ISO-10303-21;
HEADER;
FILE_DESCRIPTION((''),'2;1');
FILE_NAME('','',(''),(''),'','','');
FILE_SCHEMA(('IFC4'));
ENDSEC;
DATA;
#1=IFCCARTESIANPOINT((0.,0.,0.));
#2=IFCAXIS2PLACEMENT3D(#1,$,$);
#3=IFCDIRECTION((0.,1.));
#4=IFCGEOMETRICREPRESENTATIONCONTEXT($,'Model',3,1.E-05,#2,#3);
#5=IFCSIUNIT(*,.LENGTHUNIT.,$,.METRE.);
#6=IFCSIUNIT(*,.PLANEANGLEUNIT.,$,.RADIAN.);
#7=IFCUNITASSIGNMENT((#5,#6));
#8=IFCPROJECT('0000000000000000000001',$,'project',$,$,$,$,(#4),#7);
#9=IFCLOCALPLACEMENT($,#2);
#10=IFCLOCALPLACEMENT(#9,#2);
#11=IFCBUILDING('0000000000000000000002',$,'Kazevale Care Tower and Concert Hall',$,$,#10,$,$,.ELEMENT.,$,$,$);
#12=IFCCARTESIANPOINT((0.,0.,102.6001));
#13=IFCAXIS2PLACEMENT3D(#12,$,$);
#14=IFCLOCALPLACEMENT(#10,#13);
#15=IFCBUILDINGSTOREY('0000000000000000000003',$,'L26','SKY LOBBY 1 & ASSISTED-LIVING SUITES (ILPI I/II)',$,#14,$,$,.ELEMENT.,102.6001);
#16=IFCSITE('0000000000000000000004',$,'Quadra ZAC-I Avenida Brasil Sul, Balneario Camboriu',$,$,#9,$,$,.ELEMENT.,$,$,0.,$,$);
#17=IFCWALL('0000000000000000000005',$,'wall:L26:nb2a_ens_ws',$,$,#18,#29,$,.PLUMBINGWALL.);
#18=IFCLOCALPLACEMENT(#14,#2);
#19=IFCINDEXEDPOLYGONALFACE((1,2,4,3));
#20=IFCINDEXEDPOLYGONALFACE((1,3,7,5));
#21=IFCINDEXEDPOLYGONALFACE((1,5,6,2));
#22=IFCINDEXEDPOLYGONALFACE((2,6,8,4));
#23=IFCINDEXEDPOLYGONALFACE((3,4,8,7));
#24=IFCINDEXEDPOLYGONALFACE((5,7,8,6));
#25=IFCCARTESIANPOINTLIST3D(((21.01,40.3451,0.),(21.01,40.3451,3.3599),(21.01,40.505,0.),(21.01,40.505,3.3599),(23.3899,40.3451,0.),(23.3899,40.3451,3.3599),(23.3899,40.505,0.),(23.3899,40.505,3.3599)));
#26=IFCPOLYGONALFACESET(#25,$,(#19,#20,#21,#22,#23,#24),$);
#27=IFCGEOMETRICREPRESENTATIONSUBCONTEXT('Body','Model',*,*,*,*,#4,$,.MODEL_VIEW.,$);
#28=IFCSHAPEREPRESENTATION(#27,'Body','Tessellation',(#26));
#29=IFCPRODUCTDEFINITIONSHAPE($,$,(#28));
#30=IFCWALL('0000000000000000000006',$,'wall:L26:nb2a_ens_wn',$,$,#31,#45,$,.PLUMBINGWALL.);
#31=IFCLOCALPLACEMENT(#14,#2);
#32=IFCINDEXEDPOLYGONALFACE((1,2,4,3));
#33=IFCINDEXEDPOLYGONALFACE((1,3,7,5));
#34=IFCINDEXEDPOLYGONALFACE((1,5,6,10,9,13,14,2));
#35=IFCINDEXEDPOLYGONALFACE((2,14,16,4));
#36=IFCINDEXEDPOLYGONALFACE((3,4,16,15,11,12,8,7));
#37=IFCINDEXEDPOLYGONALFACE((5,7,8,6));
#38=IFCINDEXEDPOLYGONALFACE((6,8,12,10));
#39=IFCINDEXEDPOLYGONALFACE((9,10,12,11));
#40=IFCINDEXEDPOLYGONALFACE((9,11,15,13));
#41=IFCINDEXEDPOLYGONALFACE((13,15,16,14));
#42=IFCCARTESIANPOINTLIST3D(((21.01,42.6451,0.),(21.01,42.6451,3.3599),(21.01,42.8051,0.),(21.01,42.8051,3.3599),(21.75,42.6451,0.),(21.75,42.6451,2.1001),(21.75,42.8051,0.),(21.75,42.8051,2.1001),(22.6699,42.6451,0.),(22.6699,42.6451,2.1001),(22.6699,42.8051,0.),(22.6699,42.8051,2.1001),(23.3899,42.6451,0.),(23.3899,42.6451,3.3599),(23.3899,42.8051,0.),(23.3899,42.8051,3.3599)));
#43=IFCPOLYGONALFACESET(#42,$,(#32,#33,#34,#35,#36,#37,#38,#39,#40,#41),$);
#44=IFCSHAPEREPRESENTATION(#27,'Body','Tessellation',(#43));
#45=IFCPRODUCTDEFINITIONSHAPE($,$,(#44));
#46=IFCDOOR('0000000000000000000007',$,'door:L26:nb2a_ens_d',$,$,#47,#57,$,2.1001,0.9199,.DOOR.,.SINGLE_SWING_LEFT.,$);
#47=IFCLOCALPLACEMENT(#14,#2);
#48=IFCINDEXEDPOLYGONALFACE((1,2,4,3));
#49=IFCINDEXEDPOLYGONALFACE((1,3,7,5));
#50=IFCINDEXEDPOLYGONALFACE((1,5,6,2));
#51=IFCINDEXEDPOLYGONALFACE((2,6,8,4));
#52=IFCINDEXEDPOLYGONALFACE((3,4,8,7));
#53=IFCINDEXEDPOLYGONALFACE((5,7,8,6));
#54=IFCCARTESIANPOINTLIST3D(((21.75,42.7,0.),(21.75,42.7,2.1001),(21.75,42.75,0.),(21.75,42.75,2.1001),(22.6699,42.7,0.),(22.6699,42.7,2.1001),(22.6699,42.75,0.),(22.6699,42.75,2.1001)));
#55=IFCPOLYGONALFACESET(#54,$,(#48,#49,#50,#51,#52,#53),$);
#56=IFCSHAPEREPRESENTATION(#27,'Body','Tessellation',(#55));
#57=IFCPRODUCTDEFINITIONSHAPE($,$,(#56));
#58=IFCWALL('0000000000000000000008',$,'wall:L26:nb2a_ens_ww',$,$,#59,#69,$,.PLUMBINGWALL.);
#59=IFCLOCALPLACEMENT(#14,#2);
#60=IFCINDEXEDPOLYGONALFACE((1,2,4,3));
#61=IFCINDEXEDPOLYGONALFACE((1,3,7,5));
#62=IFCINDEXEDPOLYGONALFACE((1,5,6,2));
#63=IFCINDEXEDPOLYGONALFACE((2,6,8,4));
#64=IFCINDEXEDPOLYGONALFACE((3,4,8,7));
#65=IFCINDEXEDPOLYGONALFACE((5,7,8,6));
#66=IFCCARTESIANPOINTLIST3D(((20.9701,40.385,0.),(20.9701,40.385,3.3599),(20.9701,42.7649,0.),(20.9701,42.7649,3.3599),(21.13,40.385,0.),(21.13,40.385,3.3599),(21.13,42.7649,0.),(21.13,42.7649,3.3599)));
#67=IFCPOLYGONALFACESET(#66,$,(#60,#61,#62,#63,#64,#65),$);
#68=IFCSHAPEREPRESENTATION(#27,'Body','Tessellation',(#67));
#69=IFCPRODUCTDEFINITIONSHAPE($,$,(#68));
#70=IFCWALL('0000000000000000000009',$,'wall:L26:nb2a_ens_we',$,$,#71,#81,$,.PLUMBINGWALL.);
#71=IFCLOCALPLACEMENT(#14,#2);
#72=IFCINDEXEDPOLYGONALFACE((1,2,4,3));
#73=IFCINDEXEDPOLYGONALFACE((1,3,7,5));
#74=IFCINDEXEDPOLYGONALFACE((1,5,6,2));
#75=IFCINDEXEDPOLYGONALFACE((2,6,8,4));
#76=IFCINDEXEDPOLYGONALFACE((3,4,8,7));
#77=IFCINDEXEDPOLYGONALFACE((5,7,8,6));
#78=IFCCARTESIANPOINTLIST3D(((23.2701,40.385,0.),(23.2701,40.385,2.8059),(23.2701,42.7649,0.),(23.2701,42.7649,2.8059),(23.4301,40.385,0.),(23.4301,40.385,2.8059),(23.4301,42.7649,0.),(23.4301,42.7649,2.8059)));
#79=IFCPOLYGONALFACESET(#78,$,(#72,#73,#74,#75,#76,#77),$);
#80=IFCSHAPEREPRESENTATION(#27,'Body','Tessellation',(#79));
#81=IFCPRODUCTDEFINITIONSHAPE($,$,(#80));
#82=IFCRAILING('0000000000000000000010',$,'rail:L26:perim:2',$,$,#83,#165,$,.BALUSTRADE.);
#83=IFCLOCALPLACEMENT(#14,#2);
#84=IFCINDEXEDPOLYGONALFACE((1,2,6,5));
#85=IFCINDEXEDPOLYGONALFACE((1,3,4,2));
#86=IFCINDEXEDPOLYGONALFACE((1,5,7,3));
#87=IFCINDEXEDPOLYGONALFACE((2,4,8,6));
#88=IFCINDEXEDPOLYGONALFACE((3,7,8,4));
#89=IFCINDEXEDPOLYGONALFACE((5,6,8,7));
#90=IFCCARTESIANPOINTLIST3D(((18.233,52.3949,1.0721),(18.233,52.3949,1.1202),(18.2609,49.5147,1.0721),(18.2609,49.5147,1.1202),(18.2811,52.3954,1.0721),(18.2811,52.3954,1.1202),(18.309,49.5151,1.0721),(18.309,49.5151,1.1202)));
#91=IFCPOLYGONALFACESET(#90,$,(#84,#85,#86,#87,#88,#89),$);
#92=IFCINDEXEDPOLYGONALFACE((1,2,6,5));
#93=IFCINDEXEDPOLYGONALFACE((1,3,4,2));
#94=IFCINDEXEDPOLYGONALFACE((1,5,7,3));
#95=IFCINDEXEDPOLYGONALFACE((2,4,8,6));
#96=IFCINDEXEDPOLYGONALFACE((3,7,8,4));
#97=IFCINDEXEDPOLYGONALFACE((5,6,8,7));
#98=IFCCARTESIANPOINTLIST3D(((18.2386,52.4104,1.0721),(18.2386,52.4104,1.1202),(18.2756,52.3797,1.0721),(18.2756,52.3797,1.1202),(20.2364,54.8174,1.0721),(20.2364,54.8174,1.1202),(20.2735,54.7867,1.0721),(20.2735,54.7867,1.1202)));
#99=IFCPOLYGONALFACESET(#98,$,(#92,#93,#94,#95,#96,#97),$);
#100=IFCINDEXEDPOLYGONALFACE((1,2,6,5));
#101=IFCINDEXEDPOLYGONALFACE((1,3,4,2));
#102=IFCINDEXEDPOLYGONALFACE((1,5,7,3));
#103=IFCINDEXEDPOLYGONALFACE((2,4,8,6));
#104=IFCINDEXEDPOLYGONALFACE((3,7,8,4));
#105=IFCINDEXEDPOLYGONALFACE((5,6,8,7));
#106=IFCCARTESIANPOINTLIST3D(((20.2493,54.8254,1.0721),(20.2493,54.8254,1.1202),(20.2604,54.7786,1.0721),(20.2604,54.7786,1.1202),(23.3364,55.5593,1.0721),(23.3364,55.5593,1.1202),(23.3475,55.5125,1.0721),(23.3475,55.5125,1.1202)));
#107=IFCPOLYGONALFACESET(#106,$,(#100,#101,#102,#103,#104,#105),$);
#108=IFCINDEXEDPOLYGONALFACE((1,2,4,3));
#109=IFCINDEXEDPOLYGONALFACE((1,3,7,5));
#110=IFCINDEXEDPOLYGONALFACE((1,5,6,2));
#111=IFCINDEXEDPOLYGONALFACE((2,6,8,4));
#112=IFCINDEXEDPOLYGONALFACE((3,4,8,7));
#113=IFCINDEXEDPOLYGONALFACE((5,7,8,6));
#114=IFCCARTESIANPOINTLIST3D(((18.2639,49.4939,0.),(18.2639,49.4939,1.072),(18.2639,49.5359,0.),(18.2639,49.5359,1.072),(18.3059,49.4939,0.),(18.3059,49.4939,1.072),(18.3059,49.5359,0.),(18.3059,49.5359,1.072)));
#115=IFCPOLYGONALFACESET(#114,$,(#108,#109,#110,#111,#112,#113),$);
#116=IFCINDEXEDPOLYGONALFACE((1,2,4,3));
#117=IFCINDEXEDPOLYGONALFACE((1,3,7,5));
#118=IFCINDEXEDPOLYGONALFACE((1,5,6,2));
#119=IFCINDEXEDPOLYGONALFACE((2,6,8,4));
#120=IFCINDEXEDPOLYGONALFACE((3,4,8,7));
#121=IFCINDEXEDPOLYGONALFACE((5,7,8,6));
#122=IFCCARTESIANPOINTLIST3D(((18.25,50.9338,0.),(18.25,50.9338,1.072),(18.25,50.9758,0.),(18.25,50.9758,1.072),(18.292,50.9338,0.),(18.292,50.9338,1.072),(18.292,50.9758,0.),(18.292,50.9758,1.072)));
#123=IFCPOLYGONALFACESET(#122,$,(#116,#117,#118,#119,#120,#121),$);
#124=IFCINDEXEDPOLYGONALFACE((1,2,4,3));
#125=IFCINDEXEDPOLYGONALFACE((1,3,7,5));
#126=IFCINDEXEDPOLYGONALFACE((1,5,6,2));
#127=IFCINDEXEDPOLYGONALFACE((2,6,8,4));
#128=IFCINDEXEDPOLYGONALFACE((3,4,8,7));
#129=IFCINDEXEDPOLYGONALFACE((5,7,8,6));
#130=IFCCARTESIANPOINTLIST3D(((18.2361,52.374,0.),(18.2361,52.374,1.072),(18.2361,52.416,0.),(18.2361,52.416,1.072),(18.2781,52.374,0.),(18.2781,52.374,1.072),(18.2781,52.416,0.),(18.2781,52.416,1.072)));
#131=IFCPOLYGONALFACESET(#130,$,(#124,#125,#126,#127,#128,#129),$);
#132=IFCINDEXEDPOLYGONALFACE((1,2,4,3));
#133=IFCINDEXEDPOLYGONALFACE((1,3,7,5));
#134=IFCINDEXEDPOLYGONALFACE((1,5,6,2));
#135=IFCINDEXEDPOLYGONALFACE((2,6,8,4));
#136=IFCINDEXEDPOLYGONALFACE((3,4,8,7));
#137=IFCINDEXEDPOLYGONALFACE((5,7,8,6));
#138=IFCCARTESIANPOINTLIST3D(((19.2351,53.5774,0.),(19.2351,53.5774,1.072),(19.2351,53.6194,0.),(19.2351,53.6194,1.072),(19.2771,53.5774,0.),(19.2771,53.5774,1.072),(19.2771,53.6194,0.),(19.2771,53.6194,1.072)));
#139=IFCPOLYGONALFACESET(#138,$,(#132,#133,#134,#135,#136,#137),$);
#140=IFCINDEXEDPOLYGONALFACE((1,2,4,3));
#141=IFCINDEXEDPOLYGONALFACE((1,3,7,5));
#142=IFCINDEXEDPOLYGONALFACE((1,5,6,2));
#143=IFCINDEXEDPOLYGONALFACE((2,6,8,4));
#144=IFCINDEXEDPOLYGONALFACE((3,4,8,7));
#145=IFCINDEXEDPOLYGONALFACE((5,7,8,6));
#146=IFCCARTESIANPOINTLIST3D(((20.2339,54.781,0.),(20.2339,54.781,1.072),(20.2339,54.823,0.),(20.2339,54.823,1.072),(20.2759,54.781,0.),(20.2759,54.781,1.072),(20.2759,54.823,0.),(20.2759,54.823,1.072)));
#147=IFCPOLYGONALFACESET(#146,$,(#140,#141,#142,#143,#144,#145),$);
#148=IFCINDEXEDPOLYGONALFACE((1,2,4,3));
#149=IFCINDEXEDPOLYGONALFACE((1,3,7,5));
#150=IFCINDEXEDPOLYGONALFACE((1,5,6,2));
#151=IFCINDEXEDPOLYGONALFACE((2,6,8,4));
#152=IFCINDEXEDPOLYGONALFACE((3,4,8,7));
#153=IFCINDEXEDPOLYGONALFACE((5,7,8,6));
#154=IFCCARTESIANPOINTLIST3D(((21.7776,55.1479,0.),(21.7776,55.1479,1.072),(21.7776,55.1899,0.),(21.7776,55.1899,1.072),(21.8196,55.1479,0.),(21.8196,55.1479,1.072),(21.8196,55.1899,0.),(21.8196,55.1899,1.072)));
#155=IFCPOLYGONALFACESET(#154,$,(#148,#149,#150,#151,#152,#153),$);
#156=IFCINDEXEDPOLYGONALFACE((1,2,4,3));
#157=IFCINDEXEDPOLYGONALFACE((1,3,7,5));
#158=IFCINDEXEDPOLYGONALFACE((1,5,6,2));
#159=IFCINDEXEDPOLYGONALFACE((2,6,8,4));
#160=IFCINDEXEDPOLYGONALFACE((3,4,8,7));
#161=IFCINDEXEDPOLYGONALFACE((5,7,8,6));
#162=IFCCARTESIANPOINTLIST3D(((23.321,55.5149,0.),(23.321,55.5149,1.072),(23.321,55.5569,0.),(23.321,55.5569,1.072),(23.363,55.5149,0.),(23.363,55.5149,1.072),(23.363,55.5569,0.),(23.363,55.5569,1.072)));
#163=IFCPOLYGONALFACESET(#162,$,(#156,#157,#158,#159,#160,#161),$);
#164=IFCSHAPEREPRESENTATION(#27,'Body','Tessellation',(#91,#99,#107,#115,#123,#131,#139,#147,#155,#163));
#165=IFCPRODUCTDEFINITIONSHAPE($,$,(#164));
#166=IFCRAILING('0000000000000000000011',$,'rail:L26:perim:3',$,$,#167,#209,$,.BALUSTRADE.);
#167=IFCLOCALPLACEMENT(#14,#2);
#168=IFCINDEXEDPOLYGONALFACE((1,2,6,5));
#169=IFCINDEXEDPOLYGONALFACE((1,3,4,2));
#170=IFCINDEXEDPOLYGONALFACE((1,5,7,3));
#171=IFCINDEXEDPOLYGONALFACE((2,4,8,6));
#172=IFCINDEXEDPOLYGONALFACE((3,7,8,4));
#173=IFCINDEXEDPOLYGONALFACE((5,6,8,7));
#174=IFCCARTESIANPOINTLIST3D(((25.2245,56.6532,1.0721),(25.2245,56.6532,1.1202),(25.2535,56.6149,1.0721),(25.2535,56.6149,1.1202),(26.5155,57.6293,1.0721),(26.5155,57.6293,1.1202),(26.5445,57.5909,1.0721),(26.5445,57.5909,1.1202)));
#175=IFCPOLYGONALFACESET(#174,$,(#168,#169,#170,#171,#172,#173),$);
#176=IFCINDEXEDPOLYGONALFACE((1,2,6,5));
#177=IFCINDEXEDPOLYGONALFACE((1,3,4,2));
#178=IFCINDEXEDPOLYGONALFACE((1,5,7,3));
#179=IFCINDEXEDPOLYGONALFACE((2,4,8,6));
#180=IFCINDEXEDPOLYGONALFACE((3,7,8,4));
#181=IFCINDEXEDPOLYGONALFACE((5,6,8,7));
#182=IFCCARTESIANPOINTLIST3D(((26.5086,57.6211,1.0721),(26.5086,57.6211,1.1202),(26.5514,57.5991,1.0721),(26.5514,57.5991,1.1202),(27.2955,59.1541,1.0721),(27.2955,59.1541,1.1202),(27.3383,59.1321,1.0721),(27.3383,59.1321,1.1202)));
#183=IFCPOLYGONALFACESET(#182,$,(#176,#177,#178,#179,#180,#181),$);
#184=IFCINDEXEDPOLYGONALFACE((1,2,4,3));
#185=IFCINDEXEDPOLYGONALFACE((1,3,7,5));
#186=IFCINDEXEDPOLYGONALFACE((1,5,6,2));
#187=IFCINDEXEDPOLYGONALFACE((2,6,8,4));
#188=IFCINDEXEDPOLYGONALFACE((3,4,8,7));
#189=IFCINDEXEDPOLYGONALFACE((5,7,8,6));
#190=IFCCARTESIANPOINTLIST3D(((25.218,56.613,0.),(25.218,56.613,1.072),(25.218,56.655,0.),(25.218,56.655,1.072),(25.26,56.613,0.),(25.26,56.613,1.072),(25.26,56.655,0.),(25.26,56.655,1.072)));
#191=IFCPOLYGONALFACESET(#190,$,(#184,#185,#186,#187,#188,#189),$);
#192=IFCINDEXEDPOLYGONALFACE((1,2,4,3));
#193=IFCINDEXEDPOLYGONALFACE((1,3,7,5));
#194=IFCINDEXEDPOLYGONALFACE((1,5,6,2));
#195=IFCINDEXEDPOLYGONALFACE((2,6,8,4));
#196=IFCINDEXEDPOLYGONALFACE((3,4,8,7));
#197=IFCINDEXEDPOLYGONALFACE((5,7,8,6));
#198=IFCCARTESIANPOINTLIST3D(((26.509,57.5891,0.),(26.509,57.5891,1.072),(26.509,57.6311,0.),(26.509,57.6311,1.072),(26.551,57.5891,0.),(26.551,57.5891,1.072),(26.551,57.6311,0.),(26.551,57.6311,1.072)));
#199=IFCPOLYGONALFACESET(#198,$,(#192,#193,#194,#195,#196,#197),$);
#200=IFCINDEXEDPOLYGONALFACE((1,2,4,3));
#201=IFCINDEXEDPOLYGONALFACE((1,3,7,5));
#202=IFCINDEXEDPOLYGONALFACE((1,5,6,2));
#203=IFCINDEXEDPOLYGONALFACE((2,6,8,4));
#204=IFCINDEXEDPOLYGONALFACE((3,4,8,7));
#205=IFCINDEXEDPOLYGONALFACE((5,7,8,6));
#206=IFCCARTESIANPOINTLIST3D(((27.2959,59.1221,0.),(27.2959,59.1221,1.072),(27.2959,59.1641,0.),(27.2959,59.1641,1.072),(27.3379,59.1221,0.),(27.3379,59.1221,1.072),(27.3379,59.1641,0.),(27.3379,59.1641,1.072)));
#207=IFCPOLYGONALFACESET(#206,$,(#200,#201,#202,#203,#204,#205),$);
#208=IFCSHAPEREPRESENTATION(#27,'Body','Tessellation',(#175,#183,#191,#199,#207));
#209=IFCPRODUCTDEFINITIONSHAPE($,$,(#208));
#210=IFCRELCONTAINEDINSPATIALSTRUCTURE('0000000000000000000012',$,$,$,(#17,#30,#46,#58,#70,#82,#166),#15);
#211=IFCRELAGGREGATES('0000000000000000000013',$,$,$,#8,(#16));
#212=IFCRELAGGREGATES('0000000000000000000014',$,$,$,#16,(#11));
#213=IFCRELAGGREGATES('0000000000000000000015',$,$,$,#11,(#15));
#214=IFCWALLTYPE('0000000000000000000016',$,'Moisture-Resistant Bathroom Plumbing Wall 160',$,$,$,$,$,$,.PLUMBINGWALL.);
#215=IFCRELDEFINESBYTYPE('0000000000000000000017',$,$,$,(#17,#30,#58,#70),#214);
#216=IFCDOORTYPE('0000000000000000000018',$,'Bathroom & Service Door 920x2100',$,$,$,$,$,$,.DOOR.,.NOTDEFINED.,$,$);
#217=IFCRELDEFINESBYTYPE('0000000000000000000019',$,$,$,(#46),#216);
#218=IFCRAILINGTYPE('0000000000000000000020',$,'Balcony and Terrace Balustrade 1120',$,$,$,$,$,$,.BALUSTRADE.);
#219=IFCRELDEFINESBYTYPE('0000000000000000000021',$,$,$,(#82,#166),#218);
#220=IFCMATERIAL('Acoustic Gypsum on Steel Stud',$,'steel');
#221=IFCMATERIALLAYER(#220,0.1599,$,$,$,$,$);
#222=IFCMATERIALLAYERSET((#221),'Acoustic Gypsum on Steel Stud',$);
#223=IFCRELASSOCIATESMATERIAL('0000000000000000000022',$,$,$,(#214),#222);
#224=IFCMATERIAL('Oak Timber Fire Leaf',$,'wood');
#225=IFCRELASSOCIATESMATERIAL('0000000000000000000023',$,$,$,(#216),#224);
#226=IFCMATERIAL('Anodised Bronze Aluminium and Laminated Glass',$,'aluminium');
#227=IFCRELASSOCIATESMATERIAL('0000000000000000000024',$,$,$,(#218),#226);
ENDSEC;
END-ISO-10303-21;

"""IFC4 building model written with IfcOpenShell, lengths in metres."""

from ifc_helpers import new_model, si_unit, direction, frame, frame_2d, origin, origin_2d, place, context, subcontext, project, spatial, rectangle, extrude, material, layer, layer_set, type_object, element, fill, save


model = new_model("IFC4")

# Units and contexts
model_context = context("Model", 3, precision=1e-05, world=origin(), true_north=direction((0.0, 1.0)))
body_context = subcontext(model_context, "Body", "Model", "MODEL_VIEW")
ifc_project = project(units=[si_unit("LENGTHUNIT", "METRE"), si_unit("PLANEANGLEUNIT", "RADIAN")], contexts=[model_context])

# Site, building, storey
site_placement = place(None, origin())
site = spatial("IfcSite", under=ifc_project, at=site_placement, Name="Quadra ZAC-I Avenida Brasil Sul, Balneario Camboriu", CompositionType="ELEMENT", RefElevation=0.0)
building_placement = place(site_placement, origin())
building = spatial("IfcBuilding", under=site, at=building_placement, Name="Kazevale Care Tower and Concert Hall", CompositionType="ELEMENT")
storey_placement = place(building_placement, frame((0.0, 0.0, 102.6001)))
storey = spatial("IfcBuildingStorey", under=building, at=storey_placement, Name="L26", Description="SKY LOBBY 1 & ASSISTED-LIVING SUITES (ILPI I/II)", CompositionType="ELEMENT", Elevation=102.6001)

# Shared definitions
ifc_material_1 = material(Name="Acoustic Gypsum on Steel Stud", Category="steel")

# Shared definitions
ifc_material_2 = material(Name="Oak Timber Fire Leaf", Category="wood")

# Wall
ifc_layer_1 = layer(ifc_material_1, 0.1599)
ifc_layer_set_1 = layer_set([ifc_layer_1], Name="Acoustic Gypsum on Steel Stud")
wall_type_1 = type_object("IfcWallType", Name="Moisture-Resistant Bathroom Plumbing Wall 160", PredefinedType="PLUMBINGWALL", material=ifc_layer_set_1)
wall_1_placement = place(storey_placement, frame((21.01, 40.425, 0.0), z_axis=(0.0, 0.0, 1.0), x_axis=(1.0, 0.0, 0.0)))
element("IfcWall", 1, at=wall_1_placement, inside=storey, type_object=wall_type_1, Name="wall:L26:nb2a_ens_ws", PredefinedType="PLUMBINGWALL", context=body_context, shape_type="SweptSolid", body=[
    extrude(rectangle(XDim=2.3799, YDim=0.1599, at=frame_2d((1.1899, 0.0))), origin(), (0.0, 0.0, 1.0), 3.3599),
])

# Wall, opening, door
wall_2_placement = place(storey_placement, frame((21.01, 42.7251, 0.0), z_axis=(0.0, 0.0, 1.0), x_axis=(1.0, 0.0, 0.0)))
wall_2 = element("IfcWall", 2, at=wall_2_placement, inside=storey, type_object=wall_type_1, Name="wall:L26:nb2a_ens_wn", PredefinedType="PLUMBINGWALL", context=body_context, shape_type="SweptSolid", body=[
    extrude(rectangle(XDim=2.3799, YDim=0.1599, at=frame_2d((1.1899, 0.0))), origin(), (0.0, 0.0, 1.0), 3.3599),
])
opening_1_placement = place(wall_2_placement, frame((0.74, 0.0, 0.0)))
opening_1 = element("IfcOpeningElement", 3, at=opening_1_placement, cuts=wall_2, PredefinedType="OPENING", context=body_context, shape_type="SweptSolid", body=[
    extrude(rectangle(XDim=0.9199, YDim=2.1001, at=frame_2d((0.46, 1.05))), frame((0.0, 0.0898, 0.0), z_axis=(0.0, -1.0, 0.0), x_axis=(1.0, 0.0, 0.0)), (0.0, 0.0, 1.0), 0.1799),
])
door_type_1 = type_object("IfcDoorType", Name="Bathroom & Service Door 920x2100", OperationType="NOTDEFINED", PredefinedType="DOOR", material=ifc_material_2)
door_1_placement = place(opening_1_placement, origin())
door_1 = element("IfcDoor", 4, at=door_1_placement, inside=storey, type_object=door_type_1, Name="door:L26:nb2a_ens_d", OperationType="SINGLE_SWING_LEFT", OverallHeight=2.1001, OverallWidth=0.9199, PredefinedType="DOOR", context=body_context, shape_type="SweptSolid", body=[
    extrude(rectangle(XDim=0.9199, YDim=2.1001, at=frame_2d((0.46, 1.05))), frame((0.0, 0.0249, 0.0), z_axis=(0.0, -1.0, 0.0), x_axis=(1.0, 0.0, 0.0)), (0.0, 0.0, 1.0), 0.05),
])
fill(opening_1, door_1)

# Walls
wall_3_placement = place(storey_placement, frame((21.05, 40.385, 0.0), z_axis=(0.0, 0.0, 1.0), x_axis=(0.0, 1.0, 0.0)))
element("IfcWall", 5, at=wall_3_placement, inside=storey, type_object=wall_type_1, Name="wall:L26:nb2a_ens_ww", PredefinedType="PLUMBINGWALL", context=body_context, shape_type="SweptSolid", body=[
    extrude(rectangle(XDim=2.3799, YDim=0.1599, at=frame_2d((1.1899, 0.0))), origin(), (0.0, 0.0, 1.0), 3.3599),
])
wall_4_placement = place(storey_placement, frame((23.3501, 40.385, 0.0), z_axis=(0.0, 0.0, 1.0), x_axis=(0.0, 1.0, 0.0)))
element("IfcWall", 6, at=wall_4_placement, inside=storey, type_object=wall_type_1, Name="wall:L26:nb2a_ens_we", PredefinedType="PLUMBINGWALL", context=body_context, shape_type="SweptSolid", body=[
    extrude(rectangle(XDim=2.3799, YDim=0.1599, at=frame_2d((1.1899, 0.0))), origin(), (0.0, 0.0, 1.0), 2.8059),
])

# Railings
ifc_material_3 = material(Name="Anodised Bronze Aluminium and Laminated Glass", Category="aluminium")
railing_type = type_object("IfcRailingType", Name="Balcony and Terrace Balustrade 1120", PredefinedType="BALUSTRADE", material=ifc_material_3)
railing_1_placement = place(storey_placement, frame((18.2849, 49.5149, 0.0)))
element("IfcRailing", 7, at=railing_1_placement, inside=storey, type_object=railing_type, Name="rail:L26:perim:2", PredefinedType="BALUSTRADE", context=body_context, shape_type="SweptSolid", body=[
    extrude(rectangle(XDim=0.0481, YDim=0.0481, at=origin_2d()), frame((0.0, 0.0, 1.0962), z_axis=(-0.009663, 0.999953, 0.0), x_axis=(-0.999953, -0.009663, 0.0)), (0.0, 0.0, 1.0), 2.8804),
    extrude(rectangle(XDim=0.0481, YDim=0.0481, at=origin_2d()), frame((-0.0278, 2.8801, 1.0962), z_axis=(0.638671, 0.76948, 0.0), x_axis=(-0.76948, 0.638671, 0.0)), (0.0, 0.0, 1.0), 3.1282),
    extrude(rectangle(XDim=0.0481, YDim=0.0481, at=origin_2d()), frame((1.97, 5.2871, 1.0962), z_axis=(0.972888, 0.231277, 0.0), x_axis=(-0.231277, 0.972888, 0.0)), (0.0, 0.0, 1.0), 3.1731),
    extrude(rectangle(XDim=0.042, YDim=0.042, at=origin_2d()), origin(), (0.0, 0.0, 1.0), 1.072),
    extrude(rectangle(XDim=0.042, YDim=0.042, at=origin_2d()), frame((-0.0139, 1.4399, 0.0)), (0.0, 0.0, 1.0), 1.072),
    extrude(rectangle(XDim=0.042, YDim=0.042, at=origin_2d()), frame((-0.0278, 2.8801, 0.0)), (0.0, 0.0, 1.0), 1.072),
    extrude(rectangle(XDim=0.042, YDim=0.042, at=origin_2d()), frame((0.9712, 4.0835, 0.0)), (0.0, 0.0, 1.0), 1.072),
    extrude(rectangle(XDim=0.042, YDim=0.042, at=origin_2d()), frame((1.97, 5.2871, 0.0)), (0.0, 0.0, 1.0), 1.072),
    extrude(rectangle(XDim=0.042, YDim=0.042, at=origin_2d()), frame((3.5137, 5.6541, 0.0)), (0.0, 0.0, 1.0), 1.072),
    extrude(rectangle(XDim=0.042, YDim=0.042, at=origin_2d()), frame((5.0571, 6.021, 0.0)), (0.0, 0.0, 1.0), 1.072),
])
railing_2_placement = place(storey_placement, frame((25.239, 56.634, 0.0)))
element("IfcRailing", 8, at=railing_2_placement, inside=storey, type_object=railing_type, Name="rail:L26:perim:3", PredefinedType="BALUSTRADE", context=body_context, shape_type="SweptSolid", body=[
    extrude(rectangle(XDim=0.0481, YDim=0.0481, at=origin_2d()), frame((0.0, 0.0, 1.0962), z_axis=(0.797677, 0.603085, 0.0), x_axis=(-0.603085, 0.797677, 0.0)), (0.0, 0.0, 1.0), 1.6184),
    extrude(rectangle(XDim=0.0481, YDim=0.0481, at=origin_2d()), frame((1.291, 0.9761, 1.0962), z_axis=(0.456653, 0.889645, 0.0), x_axis=(-0.889645, 0.456653, 0.0)), (0.0, 0.0, 1.0), 1.7231),
    extrude(rectangle(XDim=0.042, YDim=0.042, at=origin_2d()), origin(), (0.0, 0.0, 1.0), 1.072),
    extrude(rectangle(XDim=0.042, YDim=0.042, at=origin_2d()), frame((1.291, 0.9761, 0.0)), (0.0, 0.0, 1.0), 1.072),
    extrude(rectangle(XDim=0.042, YDim=0.042, at=origin_2d()), frame((2.0779, 2.509, 0.0)), (0.0, 0.0, 1.0), 1.072),
])

save(model, "model.ifc")
